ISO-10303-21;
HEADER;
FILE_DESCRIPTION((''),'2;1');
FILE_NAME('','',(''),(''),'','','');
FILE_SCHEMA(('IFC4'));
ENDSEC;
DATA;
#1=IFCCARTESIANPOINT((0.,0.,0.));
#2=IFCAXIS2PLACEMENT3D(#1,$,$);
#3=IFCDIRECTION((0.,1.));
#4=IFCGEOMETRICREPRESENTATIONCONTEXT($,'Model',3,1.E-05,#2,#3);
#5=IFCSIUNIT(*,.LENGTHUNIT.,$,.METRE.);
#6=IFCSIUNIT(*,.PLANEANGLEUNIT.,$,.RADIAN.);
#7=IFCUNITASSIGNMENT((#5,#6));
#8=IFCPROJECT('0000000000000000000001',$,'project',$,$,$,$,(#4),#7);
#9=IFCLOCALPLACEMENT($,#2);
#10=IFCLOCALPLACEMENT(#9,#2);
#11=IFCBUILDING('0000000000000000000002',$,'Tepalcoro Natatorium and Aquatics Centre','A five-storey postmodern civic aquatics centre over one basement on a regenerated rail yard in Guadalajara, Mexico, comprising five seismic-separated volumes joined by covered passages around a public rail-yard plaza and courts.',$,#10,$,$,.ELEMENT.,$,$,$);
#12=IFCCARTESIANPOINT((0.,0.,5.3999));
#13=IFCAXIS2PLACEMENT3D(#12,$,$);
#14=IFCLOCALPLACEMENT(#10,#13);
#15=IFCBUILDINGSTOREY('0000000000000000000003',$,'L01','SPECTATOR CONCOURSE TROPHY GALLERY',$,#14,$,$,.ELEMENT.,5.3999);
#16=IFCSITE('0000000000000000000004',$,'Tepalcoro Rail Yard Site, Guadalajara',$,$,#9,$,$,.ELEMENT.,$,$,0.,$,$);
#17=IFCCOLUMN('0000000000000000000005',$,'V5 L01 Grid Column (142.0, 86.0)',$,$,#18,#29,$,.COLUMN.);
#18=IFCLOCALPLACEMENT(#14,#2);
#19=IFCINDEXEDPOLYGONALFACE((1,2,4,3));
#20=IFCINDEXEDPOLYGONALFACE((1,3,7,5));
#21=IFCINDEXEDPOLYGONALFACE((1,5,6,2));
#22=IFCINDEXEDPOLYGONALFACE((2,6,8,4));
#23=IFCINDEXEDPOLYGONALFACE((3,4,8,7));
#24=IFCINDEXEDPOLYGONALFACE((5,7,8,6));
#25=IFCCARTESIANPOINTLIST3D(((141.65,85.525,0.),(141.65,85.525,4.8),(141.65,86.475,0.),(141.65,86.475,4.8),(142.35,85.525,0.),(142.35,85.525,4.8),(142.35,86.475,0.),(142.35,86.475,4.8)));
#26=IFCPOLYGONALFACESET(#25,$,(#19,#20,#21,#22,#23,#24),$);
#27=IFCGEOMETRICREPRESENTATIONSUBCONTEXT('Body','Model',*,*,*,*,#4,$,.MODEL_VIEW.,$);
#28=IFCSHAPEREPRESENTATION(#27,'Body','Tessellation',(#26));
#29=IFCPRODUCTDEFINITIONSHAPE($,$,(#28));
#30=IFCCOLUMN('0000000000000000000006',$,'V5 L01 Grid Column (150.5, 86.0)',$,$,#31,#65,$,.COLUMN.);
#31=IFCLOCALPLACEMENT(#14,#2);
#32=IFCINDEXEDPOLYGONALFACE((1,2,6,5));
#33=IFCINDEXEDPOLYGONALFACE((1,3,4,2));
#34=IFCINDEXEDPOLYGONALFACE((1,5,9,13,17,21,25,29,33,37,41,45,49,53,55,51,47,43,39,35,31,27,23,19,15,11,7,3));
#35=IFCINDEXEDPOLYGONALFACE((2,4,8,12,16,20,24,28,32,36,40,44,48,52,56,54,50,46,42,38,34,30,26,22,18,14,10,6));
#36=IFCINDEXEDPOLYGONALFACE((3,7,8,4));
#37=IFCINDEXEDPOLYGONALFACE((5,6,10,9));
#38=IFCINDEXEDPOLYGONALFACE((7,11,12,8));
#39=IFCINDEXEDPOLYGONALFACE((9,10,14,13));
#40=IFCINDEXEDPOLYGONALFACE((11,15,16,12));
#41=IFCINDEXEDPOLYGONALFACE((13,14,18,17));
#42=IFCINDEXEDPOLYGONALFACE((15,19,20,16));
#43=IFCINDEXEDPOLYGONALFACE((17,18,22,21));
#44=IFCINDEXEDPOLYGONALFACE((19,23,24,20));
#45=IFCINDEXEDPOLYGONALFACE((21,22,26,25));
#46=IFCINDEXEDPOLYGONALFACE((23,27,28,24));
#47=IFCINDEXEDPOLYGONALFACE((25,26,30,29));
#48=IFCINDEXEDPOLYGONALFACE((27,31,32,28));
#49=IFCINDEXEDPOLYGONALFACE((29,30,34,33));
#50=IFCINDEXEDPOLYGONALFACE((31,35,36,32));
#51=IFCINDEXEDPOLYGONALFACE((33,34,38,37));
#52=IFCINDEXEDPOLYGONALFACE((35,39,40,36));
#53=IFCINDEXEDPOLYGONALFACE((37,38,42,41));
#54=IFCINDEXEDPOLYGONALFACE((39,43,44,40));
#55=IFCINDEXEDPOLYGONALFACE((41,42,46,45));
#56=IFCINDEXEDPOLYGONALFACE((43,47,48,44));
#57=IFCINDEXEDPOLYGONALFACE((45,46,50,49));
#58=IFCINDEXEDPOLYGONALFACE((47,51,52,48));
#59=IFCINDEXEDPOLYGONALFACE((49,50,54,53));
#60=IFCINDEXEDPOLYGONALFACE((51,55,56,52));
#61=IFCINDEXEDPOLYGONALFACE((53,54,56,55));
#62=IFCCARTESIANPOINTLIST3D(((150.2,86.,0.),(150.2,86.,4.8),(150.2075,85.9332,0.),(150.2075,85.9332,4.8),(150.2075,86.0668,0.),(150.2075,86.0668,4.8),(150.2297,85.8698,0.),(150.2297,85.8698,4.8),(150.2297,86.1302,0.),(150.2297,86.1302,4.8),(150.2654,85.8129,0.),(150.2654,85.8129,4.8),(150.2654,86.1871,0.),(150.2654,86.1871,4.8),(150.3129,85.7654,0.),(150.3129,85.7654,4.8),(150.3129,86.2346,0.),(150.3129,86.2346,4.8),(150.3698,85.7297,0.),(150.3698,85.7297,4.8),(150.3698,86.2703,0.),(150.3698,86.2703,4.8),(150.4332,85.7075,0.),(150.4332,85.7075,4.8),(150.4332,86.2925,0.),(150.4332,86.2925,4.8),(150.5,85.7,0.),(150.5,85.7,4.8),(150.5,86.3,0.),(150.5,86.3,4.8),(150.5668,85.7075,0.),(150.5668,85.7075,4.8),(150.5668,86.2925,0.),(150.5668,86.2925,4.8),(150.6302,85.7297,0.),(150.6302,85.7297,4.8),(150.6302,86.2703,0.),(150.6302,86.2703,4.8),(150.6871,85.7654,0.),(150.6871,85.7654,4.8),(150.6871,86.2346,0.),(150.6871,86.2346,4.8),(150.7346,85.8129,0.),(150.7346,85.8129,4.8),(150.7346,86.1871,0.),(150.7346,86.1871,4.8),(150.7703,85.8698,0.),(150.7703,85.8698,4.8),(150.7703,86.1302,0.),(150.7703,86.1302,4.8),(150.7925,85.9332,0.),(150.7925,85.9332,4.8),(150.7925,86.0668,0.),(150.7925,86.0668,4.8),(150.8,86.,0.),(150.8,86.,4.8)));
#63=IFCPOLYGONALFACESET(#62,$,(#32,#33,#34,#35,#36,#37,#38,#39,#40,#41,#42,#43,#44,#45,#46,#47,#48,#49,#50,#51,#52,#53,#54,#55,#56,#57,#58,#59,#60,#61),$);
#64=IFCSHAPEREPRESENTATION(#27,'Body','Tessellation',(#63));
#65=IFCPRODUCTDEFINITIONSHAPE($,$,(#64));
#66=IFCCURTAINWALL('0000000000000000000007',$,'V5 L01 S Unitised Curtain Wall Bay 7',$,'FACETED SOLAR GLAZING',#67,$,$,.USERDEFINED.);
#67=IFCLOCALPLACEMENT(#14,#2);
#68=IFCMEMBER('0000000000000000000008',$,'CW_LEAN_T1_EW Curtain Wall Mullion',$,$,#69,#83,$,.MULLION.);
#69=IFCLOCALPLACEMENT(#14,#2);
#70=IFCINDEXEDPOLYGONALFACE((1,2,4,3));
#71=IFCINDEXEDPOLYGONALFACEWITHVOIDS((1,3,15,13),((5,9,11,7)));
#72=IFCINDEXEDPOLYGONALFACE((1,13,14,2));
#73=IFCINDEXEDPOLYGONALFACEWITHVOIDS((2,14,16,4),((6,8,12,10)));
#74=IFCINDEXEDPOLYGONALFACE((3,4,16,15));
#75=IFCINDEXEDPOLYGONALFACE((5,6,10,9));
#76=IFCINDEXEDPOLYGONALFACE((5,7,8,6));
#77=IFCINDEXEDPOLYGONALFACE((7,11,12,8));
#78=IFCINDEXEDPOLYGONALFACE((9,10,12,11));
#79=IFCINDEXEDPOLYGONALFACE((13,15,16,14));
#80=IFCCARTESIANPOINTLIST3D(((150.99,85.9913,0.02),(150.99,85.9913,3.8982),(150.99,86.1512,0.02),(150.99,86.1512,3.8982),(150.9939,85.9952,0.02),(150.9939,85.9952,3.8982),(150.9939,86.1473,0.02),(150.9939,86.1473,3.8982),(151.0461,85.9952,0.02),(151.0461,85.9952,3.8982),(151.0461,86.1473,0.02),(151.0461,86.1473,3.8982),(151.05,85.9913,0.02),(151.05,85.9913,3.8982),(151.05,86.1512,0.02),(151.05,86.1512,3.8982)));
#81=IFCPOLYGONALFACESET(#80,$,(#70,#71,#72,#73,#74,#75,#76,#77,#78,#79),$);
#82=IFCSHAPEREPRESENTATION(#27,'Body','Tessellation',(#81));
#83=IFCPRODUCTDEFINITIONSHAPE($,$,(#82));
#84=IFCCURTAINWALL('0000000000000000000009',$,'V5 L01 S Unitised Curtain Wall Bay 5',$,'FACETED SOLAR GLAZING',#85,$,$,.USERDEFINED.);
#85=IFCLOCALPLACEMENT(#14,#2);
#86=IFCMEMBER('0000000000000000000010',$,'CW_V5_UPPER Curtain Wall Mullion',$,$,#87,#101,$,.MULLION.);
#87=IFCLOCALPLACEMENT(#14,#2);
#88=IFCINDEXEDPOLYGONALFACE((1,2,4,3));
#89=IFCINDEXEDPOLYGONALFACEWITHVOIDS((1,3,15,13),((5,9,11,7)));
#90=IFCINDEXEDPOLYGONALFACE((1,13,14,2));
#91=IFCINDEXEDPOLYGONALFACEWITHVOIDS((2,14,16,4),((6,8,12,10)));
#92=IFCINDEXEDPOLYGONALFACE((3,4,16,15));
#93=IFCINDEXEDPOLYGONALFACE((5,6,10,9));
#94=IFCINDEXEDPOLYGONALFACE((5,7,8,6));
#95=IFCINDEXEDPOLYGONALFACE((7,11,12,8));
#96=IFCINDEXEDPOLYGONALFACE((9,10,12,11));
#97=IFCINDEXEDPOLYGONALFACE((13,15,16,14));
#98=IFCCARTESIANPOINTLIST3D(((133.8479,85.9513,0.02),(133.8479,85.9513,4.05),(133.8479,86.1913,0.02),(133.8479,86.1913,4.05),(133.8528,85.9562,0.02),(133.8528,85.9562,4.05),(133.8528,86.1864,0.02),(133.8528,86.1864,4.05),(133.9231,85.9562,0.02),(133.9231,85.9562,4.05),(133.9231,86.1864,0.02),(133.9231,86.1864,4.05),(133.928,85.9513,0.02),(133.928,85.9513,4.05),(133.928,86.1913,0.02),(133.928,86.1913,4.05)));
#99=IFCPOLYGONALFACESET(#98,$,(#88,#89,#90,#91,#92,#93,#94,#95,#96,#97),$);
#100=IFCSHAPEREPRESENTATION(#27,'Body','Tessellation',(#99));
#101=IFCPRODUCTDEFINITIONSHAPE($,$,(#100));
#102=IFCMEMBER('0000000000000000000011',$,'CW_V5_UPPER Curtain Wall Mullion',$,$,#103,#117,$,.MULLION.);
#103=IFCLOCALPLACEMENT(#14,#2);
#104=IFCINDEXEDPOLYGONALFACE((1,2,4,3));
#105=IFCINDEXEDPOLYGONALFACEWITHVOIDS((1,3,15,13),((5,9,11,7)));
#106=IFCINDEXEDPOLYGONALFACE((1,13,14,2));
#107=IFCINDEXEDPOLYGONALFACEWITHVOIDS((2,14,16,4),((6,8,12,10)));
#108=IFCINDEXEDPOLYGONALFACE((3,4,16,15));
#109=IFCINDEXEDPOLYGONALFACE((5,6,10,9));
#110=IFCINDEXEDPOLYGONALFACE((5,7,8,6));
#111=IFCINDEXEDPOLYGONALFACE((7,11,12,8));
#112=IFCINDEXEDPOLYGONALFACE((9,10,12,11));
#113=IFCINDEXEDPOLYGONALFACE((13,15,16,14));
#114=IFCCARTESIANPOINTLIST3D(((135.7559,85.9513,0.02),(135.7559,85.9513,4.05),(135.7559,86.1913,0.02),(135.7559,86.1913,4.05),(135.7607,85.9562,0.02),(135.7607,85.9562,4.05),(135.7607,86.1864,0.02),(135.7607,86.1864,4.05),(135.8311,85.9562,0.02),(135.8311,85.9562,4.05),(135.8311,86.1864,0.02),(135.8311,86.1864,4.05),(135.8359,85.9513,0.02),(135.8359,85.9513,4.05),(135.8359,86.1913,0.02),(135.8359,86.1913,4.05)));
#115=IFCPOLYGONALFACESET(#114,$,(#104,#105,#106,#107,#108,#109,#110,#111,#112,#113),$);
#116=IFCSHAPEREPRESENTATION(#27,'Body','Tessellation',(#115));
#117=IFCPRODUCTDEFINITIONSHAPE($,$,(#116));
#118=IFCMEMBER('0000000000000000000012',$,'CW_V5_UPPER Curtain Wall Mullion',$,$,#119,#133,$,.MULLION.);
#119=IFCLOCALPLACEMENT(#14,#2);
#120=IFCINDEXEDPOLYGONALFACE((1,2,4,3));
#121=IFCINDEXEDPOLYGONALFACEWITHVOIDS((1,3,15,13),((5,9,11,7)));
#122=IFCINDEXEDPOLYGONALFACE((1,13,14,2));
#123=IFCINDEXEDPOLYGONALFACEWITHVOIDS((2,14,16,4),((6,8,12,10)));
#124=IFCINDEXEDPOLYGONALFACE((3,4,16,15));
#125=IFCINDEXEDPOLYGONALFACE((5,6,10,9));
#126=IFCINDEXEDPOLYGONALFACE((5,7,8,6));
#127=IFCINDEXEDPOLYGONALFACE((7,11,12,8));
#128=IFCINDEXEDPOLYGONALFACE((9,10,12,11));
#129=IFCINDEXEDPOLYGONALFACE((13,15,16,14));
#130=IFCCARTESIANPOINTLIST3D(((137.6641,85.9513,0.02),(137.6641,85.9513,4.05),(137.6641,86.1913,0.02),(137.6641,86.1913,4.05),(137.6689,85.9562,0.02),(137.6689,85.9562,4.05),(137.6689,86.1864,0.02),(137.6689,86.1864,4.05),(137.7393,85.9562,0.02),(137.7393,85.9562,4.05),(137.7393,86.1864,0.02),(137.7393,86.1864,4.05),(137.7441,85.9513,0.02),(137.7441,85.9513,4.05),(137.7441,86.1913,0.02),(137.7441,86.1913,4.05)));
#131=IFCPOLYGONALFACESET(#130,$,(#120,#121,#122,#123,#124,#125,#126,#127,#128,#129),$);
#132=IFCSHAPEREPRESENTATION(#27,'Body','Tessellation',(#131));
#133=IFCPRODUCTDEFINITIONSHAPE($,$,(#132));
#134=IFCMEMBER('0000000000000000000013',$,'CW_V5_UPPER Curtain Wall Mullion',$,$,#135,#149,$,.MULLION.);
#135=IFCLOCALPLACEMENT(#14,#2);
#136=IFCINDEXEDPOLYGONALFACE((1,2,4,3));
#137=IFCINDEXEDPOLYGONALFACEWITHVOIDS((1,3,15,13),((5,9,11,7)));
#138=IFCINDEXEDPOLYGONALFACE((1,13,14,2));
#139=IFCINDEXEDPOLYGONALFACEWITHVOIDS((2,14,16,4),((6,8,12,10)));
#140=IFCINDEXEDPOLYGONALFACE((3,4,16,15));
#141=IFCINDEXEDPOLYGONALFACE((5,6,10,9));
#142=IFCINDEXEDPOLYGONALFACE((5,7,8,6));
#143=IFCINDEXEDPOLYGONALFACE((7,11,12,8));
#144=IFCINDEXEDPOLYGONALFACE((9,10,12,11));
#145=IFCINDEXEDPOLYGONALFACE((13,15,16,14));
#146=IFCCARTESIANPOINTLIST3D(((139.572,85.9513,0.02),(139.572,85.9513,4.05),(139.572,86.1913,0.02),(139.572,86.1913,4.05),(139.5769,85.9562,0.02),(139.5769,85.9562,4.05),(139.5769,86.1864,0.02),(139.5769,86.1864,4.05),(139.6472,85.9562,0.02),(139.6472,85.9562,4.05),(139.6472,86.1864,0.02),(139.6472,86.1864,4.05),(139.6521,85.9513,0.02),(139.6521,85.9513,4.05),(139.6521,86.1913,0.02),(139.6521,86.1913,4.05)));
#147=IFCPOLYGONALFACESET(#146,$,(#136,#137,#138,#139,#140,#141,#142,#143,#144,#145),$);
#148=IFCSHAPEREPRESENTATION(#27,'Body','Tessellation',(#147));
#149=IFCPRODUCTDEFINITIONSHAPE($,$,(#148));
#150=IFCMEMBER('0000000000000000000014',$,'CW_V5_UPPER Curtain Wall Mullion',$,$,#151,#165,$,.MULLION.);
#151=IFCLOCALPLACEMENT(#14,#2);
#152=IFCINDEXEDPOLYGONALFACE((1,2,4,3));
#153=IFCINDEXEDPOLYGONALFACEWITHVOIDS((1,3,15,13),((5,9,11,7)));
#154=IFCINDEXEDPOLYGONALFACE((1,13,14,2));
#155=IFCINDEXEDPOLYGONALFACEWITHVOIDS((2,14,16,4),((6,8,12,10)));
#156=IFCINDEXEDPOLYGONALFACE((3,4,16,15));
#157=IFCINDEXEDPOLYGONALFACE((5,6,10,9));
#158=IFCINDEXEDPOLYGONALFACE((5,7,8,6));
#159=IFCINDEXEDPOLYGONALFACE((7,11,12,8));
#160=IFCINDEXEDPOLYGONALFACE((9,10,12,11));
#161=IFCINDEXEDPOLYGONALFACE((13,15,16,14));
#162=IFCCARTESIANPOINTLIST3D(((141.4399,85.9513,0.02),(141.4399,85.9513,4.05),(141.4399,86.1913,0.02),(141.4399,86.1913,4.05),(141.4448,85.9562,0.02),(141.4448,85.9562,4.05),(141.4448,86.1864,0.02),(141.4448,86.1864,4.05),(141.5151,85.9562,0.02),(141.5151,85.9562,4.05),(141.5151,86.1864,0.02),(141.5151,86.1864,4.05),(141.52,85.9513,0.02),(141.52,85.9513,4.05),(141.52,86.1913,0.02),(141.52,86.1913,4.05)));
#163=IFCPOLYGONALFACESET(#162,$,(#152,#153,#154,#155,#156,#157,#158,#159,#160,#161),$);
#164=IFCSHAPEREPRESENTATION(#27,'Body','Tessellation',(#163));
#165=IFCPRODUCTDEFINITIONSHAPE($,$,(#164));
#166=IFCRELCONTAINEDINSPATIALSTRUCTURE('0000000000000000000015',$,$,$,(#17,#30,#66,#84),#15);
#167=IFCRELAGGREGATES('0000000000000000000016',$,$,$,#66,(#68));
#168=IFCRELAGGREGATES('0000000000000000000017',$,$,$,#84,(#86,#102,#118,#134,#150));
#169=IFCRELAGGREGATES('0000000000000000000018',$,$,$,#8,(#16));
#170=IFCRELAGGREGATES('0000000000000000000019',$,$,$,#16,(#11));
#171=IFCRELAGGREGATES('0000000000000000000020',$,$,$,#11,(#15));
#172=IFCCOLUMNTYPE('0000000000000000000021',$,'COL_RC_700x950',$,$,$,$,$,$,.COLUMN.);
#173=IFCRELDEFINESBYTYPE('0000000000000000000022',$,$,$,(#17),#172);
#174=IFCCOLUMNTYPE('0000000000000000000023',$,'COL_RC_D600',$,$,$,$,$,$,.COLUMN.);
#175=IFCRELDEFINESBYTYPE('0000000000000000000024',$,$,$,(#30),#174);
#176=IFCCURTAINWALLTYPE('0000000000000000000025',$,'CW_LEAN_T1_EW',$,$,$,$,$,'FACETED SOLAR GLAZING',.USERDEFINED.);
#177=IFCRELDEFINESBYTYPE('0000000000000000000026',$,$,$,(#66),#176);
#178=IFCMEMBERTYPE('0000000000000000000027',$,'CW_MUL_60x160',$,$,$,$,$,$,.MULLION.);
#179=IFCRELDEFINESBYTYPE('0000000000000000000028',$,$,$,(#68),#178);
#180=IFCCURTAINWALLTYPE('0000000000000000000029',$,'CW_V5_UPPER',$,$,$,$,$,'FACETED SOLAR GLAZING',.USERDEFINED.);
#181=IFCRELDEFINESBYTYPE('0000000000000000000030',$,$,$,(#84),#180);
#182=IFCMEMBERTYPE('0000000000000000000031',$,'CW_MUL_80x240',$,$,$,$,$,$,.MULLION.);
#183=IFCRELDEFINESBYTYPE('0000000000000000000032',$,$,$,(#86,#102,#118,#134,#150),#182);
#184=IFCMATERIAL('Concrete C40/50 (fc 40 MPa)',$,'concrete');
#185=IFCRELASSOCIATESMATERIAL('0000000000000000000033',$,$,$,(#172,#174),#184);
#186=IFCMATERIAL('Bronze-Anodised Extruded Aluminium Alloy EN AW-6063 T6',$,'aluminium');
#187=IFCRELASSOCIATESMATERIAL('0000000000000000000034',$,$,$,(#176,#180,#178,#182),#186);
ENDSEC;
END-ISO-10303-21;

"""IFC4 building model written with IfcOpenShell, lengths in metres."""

from ifc_helpers import new_model, si_unit, direction, frame, origin, origin_2d, place, context, subcontext, project, spatial, rectangle, hollow_rectangle, circle, extrude, material, material_profile, profile_set, type_object, element, aggregate, save


model = new_model("IFC4")

# Units and contexts
model_context = context("Model", 3, precision=1e-05, world=origin(), true_north=direction((0.0, 1.0)))
body_context = subcontext(model_context, "Body", "Model", "MODEL_VIEW")
ifc_project = project(units=[si_unit("LENGTHUNIT", "METRE"), si_unit("PLANEANGLEUNIT", "RADIAN")], contexts=[model_context])

# Site, building, storey
site_placement = place(None, origin())
site = spatial("IfcSite", under=ifc_project, at=site_placement, Name="Tepalcoro Rail Yard Site, Guadalajara", CompositionType="ELEMENT", RefElevation=0.0)
building_placement = place(site_placement, origin())
building = spatial("IfcBuilding", under=site, at=building_placement, Name="Tepalcoro Natatorium and Aquatics Centre", Description="A five-storey postmodern civic aquatics centre over one basement on a regenerated rail yard in Guadalajara, Mexico, comprising five seismic-separated volumes joined by covered passages around a public rail-yard plaza and courts.", CompositionType="ELEMENT")
storey_placement = place(building_placement, frame((0.0, 0.0, 5.3999)))
storey = spatial("IfcBuildingStorey", under=building, at=storey_placement, Name="L01", Description="SPECTATOR CONCOURSE TROPHY GALLERY", CompositionType="ELEMENT", Elevation=5.3999)

# Columns
ifc_material_1 = material(Name="Concrete C40/50 (fc 40 MPa)", Category="concrete")
ifc_material_profile_1 = material_profile(ifc_material_1, rectangle(XDim=0.7, YDim=0.95, at=origin_2d()), Name="RC700x950")
ifc_profile_set_1 = profile_set([ifc_material_profile_1], Name="Concrete C40/50 (fc 40 MPa)")
column_type_1 = type_object("IfcColumnType", Name="COL_RC_700x950", PredefinedType="COLUMN", material=ifc_profile_set_1)
column_1_placement = place(storey_placement, frame((142.0, 86.0, 0.0), z_axis=(0.0, 0.0, 1.0), x_axis=(1.0, 0.0, 0.0)))
element("IfcColumn", 1, at=column_1_placement, inside=storey, type_object=column_type_1, Name="V5 L01 Grid Column (142.0, 86.0)", PredefinedType="COLUMN", context=body_context, shape_type="SweptSolid", body=[
    extrude(rectangle(XDim=0.7, YDim=0.95, at=origin_2d()), origin(), (0.0, 0.0, 1.0), 4.8),
])
ifc_material_profile_2 = material_profile(ifc_material_1, circle(Radius=0.3, at=origin_2d()), Name="RCD600")
ifc_profile_set_2 = profile_set([ifc_material_profile_2], Name="Concrete C40/50 (fc 40 MPa)")
column_type_2 = type_object("IfcColumnType", Name="COL_RC_D600", PredefinedType="COLUMN", material=ifc_profile_set_2)
column_2_placement = place(storey_placement, frame((150.5, 86.0, 0.0), z_axis=(0.0, 0.0, 1.0), x_axis=(1.0, 0.0, 0.0)))
element("IfcColumn", 2, at=column_2_placement, inside=storey, type_object=column_type_2, Name="V5 L01 Grid Column (150.5, 86.0)", PredefinedType="COLUMN", context=body_context, shape_type="SweptSolid", body=[
    extrude(circle(Radius=0.3, at=origin_2d()), origin(), (0.0, 0.0, 1.0), 4.8),
])

# Curtain wall, member
ifc_material_2 = material(Name="Bronze-Anodised Extruded Aluminium Alloy EN AW-6063 T6", Category="aluminium")
curtain_wall_type_1 = type_object("IfcCurtainWallType", Name="CW_LEAN_T1_EW", ElementType="FACETED SOLAR GLAZING", PredefinedType="USERDEFINED", material=ifc_material_2)
curtain_wall_1_placement = place(storey_placement, origin())
curtain_wall_1 = element("IfcCurtainWall", 3, at=curtain_wall_1_placement, inside=storey, type_object=curtain_wall_type_1, Name="V5 L01 S Unitised Curtain Wall Bay 7", ObjectType="FACETED SOLAR GLAZING", PredefinedType="USERDEFINED")
ifc_material_profile_3 = material_profile(ifc_material_2, hollow_rectangle(XDim=0.0601, YDim=0.1599, WallThickness=0.0039, at=origin_2d()), Name="AL60X160X4")
ifc_profile_set_3 = profile_set([ifc_material_profile_3], Name="Bronze-Anodised Extruded Aluminium Alloy EN AW-6063 T6")
member_type_1 = type_object("IfcMemberType", Name="CW_MUL_60x160", PredefinedType="MULLION", material=ifc_profile_set_3)
member_1_placement = place(storey_placement, frame((151.02, 86.0713, 0.02), z_axis=(0.0, 0.0, 1.0), x_axis=(1.0, 0.0, 0.0)))
member_1 = element("IfcMember", 4, at=member_1_placement, type_object=member_type_1, Name="CW_LEAN_T1_EW Curtain Wall Mullion", PredefinedType="MULLION", context=body_context, shape_type="SweptSolid", body=[
    extrude(hollow_rectangle(XDim=0.0601, YDim=0.1599, WallThickness=0.0039, at=origin_2d()), origin(), (0.0, 0.0, 1.0), 3.8782),
])
aggregate(curtain_wall_1, [member_1])

# Curtain wall, members
curtain_wall_type_2 = type_object("IfcCurtainWallType", Name="CW_V5_UPPER", ElementType="FACETED SOLAR GLAZING", PredefinedType="USERDEFINED", material=ifc_material_2)
curtain_wall_2_placement = place(storey_placement, origin())
curtain_wall_2 = element("IfcCurtainWall", 5, at=curtain_wall_2_placement, inside=storey, type_object=curtain_wall_type_2, Name="V5 L01 S Unitised Curtain Wall Bay 5", ObjectType="FACETED SOLAR GLAZING", PredefinedType="USERDEFINED")
ifc_material_profile_4 = material_profile(ifc_material_2, hollow_rectangle(XDim=0.0801, YDim=0.24, WallThickness=0.0049, at=origin_2d()), Name="AL80X240X5")
ifc_profile_set_4 = profile_set([ifc_material_profile_4], Name="Bronze-Anodised Extruded Aluminium Alloy EN AW-6063 T6")
member_type_2 = type_object("IfcMemberType", Name="CW_MUL_80x240", PredefinedType="MULLION", material=ifc_profile_set_4)
member_2_placement = place(storey_placement, frame((133.8879, 86.0713, 0.02), z_axis=(0.0, 0.0, 1.0), x_axis=(1.0, 0.0, 0.0)))
member_2 = element("IfcMember", 6, at=member_2_placement, type_object=member_type_2, Name="CW_V5_UPPER Curtain Wall Mullion", PredefinedType="MULLION", context=body_context, shape_type="SweptSolid", body=[
    extrude(hollow_rectangle(XDim=0.0801, YDim=0.24, WallThickness=0.0049, at=origin_2d()), origin(), (0.0, 0.0, 1.0), 4.03),
])
member_3_placement = place(storey_placement, frame((135.7959, 86.0713, 0.02), z_axis=(0.0, 0.0, 1.0), x_axis=(1.0, 0.0, 0.0)))
member_3 = element("IfcMember", 7, at=member_3_placement, type_object=member_type_2, Name="CW_V5_UPPER Curtain Wall Mullion", PredefinedType="MULLION", context=body_context, shape_type="SweptSolid", body=[
    extrude(hollow_rectangle(XDim=0.0801, YDim=0.24, WallThickness=0.0049, at=origin_2d()), origin(), (0.0, 0.0, 1.0), 4.03),
])
member_4_placement = place(storey_placement, frame((137.7041, 86.0713, 0.02), z_axis=(0.0, 0.0, 1.0), x_axis=(1.0, 0.0, 0.0)))
member_4 = element("IfcMember", 8, at=member_4_placement, type_object=member_type_2, Name="CW_V5_UPPER Curtain Wall Mullion", PredefinedType="MULLION", context=body_context, shape_type="SweptSolid", body=[
    extrude(hollow_rectangle(XDim=0.0801, YDim=0.24, WallThickness=0.0049, at=origin_2d()), origin(), (0.0, 0.0, 1.0), 4.03),
])
member_5_placement = place(storey_placement, frame((139.6121, 86.0713, 0.02), z_axis=(0.0, 0.0, 1.0), x_axis=(1.0, 0.0, 0.0)))
member_5 = element("IfcMember", 9, at=member_5_placement, type_object=member_type_2, Name="CW_V5_UPPER Curtain Wall Mullion", PredefinedType="MULLION", context=body_context, shape_type="SweptSolid", body=[
    extrude(hollow_rectangle(XDim=0.0801, YDim=0.24, WallThickness=0.0049, at=origin_2d()), origin(), (0.0, 0.0, 1.0), 4.03),
])
member_6_placement = place(storey_placement, frame((141.48, 86.0713, 0.02), z_axis=(0.0, 0.0, 1.0), x_axis=(1.0, 0.0, 0.0)))
member_6 = element("IfcMember", 10, at=member_6_placement, type_object=member_type_2, Name="CW_V5_UPPER Curtain Wall Mullion", PredefinedType="MULLION", context=body_context, shape_type="SweptSolid", body=[
    extrude(hollow_rectangle(XDim=0.0801, YDim=0.24, WallThickness=0.0049, at=origin_2d()), origin(), (0.0, 0.0, 1.0), 4.03),
])

aggregate(curtain_wall_2, [member_2, member_3, member_4, member_5, member_6])

save(model, "model.ifc")
